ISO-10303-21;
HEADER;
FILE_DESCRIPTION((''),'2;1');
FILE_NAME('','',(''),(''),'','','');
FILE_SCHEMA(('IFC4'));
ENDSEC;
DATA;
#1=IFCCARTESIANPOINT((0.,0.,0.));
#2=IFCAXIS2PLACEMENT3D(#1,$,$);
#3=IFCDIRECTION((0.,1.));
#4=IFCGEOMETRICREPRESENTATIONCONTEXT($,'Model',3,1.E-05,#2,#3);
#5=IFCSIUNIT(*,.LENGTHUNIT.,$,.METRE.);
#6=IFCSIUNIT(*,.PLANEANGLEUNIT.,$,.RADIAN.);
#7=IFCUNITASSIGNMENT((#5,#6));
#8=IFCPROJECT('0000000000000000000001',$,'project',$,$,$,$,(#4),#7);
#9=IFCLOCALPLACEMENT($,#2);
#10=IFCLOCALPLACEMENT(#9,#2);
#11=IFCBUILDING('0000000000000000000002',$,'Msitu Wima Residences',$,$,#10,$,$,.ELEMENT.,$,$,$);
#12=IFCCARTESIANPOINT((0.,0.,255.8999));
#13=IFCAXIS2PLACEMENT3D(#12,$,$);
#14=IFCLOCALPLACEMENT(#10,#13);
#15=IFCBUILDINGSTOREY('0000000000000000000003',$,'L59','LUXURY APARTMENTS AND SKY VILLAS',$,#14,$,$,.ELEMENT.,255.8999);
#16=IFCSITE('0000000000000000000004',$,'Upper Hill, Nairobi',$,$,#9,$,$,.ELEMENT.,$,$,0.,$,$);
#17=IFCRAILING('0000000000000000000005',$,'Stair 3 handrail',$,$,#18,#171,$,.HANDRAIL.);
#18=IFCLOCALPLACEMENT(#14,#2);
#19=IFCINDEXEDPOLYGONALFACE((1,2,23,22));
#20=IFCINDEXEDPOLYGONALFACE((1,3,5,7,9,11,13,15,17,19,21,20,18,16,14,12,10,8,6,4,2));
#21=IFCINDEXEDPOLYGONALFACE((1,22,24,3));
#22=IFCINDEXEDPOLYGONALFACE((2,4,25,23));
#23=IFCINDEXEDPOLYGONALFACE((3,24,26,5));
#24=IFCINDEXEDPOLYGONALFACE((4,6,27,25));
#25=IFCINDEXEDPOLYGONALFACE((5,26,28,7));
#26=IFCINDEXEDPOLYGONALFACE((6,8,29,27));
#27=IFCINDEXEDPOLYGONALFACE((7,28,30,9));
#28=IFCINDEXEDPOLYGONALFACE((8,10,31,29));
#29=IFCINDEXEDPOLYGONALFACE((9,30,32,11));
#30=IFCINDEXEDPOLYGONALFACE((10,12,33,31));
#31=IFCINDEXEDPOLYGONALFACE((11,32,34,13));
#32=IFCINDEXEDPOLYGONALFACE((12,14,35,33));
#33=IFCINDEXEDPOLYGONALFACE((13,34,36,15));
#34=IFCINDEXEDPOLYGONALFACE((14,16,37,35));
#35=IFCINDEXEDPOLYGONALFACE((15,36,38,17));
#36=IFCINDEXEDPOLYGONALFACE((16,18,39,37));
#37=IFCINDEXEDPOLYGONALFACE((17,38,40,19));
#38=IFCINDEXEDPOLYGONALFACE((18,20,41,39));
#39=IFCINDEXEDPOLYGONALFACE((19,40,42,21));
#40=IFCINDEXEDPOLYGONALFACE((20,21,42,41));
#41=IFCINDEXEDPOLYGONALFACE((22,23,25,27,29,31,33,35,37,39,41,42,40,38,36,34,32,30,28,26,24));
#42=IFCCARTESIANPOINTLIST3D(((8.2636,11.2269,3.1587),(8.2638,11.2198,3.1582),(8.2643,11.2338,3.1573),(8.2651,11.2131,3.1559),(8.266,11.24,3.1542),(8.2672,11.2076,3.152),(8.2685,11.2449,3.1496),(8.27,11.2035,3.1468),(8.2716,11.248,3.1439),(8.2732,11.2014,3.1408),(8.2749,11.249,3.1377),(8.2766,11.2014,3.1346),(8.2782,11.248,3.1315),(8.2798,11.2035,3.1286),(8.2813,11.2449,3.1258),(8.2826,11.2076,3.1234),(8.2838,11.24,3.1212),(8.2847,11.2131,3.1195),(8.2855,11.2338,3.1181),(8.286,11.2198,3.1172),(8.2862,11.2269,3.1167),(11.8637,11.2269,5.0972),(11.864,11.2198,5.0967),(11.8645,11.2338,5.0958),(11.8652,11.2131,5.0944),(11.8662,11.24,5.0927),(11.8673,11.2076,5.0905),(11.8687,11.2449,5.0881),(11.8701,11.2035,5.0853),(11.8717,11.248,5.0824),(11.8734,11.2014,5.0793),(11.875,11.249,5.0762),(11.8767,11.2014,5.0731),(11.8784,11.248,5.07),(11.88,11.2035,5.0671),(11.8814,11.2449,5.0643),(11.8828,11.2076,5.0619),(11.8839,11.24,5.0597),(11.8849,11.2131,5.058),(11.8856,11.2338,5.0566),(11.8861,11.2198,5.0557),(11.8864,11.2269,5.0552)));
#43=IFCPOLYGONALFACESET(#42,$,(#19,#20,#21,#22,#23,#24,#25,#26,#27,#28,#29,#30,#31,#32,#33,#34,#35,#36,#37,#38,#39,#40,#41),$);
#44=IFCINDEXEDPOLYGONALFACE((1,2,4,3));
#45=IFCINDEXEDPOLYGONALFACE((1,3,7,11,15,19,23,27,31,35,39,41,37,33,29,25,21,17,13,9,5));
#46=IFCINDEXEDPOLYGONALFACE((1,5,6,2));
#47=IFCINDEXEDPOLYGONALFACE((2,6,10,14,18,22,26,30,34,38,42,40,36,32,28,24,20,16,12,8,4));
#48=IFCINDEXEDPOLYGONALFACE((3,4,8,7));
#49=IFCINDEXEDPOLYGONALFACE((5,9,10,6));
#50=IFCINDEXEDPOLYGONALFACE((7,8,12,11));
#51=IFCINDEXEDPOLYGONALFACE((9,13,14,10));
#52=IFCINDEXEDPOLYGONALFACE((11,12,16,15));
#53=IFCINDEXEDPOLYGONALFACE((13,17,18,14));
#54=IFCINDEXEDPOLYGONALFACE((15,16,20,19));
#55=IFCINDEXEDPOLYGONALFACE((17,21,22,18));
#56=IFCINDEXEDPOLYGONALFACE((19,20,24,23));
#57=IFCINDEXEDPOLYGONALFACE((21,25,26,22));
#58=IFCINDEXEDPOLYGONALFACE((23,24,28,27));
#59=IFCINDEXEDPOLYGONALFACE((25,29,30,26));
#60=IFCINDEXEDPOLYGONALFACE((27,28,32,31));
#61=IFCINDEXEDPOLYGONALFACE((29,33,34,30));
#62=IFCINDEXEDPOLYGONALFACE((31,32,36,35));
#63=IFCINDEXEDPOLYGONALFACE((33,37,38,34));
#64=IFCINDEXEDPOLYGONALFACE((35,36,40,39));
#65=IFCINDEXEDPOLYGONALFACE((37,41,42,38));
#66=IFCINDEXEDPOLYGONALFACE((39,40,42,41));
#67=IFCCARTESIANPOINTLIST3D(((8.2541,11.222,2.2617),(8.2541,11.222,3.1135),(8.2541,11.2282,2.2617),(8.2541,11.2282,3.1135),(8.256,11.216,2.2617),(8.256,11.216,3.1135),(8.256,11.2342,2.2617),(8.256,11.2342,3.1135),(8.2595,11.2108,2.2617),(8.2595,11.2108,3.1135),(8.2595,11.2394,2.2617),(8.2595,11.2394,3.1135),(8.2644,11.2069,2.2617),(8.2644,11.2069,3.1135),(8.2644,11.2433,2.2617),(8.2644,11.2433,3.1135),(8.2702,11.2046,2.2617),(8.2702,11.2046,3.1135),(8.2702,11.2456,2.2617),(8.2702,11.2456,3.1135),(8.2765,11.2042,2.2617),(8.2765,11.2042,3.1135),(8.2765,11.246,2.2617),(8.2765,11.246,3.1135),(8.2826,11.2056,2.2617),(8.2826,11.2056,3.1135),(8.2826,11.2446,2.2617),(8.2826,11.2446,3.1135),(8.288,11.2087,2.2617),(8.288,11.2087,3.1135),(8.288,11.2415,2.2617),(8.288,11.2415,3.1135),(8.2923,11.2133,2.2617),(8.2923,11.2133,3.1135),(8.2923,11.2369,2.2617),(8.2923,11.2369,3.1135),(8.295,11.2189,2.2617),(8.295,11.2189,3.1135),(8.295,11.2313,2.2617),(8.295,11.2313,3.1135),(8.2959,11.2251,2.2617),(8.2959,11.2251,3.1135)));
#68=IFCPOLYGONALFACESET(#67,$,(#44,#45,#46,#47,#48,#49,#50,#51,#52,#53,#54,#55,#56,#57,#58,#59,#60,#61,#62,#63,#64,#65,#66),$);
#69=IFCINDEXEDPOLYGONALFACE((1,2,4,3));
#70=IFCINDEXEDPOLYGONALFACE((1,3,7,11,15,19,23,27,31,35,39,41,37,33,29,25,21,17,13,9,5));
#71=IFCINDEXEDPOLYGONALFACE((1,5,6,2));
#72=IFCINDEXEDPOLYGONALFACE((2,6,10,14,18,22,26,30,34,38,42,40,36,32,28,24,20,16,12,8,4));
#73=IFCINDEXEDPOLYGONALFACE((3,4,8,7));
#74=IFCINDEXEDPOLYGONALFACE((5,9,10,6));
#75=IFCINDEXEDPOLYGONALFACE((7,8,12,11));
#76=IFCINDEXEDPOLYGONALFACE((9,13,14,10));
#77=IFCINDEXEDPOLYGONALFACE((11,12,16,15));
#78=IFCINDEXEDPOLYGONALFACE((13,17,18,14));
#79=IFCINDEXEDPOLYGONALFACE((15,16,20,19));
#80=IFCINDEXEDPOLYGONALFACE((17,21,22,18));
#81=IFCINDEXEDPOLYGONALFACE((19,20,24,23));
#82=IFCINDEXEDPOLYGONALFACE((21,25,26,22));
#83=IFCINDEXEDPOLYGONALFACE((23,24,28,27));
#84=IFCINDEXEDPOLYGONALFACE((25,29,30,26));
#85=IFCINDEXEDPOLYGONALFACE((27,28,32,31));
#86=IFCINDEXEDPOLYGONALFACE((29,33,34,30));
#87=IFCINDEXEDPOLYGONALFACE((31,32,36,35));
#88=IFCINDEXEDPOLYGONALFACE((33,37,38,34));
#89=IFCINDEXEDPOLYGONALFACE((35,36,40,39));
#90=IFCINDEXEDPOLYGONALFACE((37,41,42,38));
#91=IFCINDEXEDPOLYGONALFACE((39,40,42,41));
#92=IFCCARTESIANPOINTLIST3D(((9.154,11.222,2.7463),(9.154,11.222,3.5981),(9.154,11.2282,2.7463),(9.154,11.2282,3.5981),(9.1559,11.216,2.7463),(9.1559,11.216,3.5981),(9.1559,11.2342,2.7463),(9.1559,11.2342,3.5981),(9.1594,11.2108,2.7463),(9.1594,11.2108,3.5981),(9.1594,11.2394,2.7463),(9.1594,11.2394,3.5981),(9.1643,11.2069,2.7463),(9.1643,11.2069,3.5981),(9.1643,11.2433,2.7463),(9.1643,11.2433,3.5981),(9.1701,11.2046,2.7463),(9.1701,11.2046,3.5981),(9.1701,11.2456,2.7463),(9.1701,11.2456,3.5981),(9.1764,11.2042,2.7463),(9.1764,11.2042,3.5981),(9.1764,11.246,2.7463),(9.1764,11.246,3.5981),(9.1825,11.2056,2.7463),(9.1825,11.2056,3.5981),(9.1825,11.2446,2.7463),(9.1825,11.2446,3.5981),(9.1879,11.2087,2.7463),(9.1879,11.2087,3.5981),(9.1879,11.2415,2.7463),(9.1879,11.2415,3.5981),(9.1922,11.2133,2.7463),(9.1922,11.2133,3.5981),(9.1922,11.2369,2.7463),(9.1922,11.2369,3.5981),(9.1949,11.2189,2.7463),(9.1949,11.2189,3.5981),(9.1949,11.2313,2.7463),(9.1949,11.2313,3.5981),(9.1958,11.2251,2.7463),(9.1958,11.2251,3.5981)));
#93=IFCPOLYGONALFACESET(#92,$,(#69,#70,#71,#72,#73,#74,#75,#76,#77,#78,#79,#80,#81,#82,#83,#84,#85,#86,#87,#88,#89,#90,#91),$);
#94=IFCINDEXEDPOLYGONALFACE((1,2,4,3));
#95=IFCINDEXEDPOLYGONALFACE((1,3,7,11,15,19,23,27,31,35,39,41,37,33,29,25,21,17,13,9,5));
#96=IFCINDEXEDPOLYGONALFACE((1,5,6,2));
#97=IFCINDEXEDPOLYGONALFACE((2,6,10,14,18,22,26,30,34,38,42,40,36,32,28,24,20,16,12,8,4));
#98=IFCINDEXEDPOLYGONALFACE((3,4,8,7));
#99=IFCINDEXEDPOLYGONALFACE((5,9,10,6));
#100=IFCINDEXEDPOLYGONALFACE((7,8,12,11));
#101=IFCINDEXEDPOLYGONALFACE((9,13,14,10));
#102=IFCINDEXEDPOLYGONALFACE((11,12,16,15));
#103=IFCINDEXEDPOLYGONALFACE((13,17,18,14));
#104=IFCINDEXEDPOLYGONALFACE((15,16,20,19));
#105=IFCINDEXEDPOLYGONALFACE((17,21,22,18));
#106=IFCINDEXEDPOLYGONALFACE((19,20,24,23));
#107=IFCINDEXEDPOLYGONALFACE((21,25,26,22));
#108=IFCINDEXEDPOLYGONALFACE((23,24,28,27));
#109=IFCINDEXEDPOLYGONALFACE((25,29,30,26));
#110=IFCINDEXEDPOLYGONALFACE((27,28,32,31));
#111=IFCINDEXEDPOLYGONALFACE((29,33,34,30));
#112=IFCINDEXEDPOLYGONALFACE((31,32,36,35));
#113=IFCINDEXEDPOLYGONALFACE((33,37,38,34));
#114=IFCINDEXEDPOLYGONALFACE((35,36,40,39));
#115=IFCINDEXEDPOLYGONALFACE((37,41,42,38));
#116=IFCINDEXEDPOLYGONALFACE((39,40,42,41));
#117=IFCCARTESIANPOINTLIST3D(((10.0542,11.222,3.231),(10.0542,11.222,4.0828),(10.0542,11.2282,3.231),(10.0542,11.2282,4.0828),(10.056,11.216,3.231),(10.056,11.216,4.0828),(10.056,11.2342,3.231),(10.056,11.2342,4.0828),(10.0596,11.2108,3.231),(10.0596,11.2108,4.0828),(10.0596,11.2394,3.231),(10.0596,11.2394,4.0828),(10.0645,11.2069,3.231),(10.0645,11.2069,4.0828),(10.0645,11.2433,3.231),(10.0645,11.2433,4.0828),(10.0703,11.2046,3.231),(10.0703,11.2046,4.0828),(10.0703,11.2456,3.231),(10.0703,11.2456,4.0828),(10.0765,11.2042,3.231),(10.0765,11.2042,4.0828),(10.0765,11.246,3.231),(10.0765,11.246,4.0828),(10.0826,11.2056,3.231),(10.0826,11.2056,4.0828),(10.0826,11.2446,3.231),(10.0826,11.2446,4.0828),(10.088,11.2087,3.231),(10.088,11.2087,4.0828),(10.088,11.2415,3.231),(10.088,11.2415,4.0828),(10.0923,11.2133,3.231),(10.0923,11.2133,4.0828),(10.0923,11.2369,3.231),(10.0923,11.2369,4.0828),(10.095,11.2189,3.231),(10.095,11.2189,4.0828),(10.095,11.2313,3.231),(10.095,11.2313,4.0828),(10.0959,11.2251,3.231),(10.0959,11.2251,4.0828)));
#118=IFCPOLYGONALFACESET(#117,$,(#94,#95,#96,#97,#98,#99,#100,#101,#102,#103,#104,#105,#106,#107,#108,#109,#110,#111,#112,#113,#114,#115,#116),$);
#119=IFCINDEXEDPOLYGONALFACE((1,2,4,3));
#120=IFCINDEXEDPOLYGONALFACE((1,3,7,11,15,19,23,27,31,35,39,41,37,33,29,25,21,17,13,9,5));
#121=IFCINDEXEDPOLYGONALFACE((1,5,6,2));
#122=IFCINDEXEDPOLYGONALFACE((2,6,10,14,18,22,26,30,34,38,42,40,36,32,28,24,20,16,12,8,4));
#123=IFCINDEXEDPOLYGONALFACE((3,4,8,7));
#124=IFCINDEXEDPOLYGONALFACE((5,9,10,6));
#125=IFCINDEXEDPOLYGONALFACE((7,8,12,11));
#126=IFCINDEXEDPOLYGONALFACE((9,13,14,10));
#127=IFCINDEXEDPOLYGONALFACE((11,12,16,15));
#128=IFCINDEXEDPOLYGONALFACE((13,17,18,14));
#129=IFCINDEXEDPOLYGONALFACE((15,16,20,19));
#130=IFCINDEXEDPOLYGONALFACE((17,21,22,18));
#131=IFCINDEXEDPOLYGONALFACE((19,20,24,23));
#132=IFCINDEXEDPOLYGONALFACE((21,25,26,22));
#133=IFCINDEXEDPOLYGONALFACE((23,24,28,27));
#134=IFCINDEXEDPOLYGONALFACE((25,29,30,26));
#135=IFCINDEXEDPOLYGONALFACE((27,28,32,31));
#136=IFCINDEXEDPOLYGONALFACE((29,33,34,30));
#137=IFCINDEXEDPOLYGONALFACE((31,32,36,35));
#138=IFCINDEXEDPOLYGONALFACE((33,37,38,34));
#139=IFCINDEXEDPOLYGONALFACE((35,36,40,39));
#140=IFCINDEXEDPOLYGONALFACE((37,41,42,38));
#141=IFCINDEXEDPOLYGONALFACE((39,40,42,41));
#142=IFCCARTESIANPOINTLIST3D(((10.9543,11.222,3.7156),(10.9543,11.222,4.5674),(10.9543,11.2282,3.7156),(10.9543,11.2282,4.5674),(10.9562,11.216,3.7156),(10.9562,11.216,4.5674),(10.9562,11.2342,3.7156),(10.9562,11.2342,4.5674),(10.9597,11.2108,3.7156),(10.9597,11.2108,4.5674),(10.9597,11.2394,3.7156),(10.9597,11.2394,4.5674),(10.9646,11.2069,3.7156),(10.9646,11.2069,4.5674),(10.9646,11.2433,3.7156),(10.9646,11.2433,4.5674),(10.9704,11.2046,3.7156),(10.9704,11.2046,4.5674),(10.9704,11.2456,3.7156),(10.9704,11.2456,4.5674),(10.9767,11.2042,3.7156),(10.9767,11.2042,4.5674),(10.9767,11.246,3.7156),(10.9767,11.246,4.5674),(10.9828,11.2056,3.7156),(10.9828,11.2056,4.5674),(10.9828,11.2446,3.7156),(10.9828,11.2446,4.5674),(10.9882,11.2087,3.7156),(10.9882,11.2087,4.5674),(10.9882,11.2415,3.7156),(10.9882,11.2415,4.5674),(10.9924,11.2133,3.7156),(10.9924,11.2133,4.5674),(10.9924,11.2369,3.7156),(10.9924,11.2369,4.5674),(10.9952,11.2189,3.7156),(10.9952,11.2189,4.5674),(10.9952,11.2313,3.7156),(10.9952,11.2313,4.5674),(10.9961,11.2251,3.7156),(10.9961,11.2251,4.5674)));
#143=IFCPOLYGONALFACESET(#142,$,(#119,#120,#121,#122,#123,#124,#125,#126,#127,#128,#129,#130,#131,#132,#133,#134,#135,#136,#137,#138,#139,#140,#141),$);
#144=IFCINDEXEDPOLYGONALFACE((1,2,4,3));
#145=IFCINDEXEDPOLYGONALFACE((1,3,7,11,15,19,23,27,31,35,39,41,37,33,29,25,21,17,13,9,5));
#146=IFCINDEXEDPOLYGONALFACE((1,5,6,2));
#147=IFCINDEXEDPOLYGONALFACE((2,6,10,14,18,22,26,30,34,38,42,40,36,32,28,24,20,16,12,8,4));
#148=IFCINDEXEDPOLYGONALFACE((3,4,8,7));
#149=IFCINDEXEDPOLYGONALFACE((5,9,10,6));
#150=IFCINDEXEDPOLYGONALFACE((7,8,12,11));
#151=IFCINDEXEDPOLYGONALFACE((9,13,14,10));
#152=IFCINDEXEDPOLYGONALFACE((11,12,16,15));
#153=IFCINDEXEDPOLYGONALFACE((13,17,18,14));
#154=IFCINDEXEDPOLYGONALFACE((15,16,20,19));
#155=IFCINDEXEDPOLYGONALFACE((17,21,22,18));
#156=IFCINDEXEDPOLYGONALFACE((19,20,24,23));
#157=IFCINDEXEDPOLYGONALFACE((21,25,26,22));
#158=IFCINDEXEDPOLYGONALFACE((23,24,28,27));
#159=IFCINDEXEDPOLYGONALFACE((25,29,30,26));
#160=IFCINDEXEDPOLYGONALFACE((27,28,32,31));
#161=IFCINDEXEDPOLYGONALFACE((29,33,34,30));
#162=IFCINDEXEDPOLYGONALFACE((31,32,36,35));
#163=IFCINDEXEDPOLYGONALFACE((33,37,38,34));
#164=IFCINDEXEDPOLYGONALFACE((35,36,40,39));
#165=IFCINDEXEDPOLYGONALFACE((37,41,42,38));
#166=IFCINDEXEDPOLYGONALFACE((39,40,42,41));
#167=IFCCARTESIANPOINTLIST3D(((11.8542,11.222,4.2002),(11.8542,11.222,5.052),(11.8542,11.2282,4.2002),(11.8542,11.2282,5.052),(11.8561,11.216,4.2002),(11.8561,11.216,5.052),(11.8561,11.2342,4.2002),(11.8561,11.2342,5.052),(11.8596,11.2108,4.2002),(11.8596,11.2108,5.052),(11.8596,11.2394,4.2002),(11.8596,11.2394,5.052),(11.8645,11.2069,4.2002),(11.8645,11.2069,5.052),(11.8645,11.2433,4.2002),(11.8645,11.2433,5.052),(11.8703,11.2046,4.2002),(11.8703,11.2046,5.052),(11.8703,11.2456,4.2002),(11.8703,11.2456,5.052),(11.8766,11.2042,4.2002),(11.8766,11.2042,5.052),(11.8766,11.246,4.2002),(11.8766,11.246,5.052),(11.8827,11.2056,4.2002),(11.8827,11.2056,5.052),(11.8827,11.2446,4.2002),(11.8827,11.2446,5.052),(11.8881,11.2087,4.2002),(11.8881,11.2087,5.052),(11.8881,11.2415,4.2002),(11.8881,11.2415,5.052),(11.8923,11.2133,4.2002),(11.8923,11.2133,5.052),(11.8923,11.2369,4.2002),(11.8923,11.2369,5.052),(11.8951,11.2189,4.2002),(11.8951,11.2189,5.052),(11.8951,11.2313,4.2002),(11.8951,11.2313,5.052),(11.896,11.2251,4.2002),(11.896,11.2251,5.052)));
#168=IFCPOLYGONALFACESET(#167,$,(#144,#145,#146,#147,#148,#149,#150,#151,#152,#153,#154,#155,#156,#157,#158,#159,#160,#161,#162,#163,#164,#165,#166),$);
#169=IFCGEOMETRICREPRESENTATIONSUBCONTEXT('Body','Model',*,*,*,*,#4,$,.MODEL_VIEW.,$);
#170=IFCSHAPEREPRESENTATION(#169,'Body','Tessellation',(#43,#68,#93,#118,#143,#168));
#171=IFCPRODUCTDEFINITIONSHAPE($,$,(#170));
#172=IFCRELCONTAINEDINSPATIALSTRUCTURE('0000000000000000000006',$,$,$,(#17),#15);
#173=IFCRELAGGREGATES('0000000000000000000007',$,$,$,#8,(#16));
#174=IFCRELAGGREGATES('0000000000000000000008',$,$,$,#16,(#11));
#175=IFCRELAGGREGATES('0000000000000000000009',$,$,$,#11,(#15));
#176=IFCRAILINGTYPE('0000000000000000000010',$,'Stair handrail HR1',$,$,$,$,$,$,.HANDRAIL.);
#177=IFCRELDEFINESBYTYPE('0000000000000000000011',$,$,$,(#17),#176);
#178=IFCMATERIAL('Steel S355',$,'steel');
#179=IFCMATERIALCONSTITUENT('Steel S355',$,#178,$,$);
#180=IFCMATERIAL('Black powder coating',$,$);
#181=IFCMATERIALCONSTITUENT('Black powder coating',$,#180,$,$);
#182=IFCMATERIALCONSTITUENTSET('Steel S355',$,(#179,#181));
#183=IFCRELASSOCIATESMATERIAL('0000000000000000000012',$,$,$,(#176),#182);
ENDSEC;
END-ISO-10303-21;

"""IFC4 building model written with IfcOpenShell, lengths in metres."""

from ifc_helpers import new_model, si_unit, direction, frame, origin, origin_2d, place, context, subcontext, project, spatial, circle, extrude, material, constituent, constituent_set, type_object, element, save


model = new_model("IFC4")

# Units and contexts
model_context = context("Model", 3, precision=1e-05, world=origin(), true_north=direction((0.0, 1.0)))
body_context = subcontext(model_context, "Body", "Model", "MODEL_VIEW")
ifc_project = project(units=[si_unit("LENGTHUNIT", "METRE"), si_unit("PLANEANGLEUNIT", "RADIAN")], contexts=[model_context])

# Site, building, storey
site_placement = place(None, origin())
site = spatial("IfcSite", under=ifc_project, at=site_placement, Name="Upper Hill, Nairobi", CompositionType="ELEMENT", RefElevation=0.0)
building_placement = place(site_placement, origin())
building = spatial("IfcBuilding", under=site, at=building_placement, Name="Msitu Wima Residences", CompositionType="ELEMENT")
storey_placement = place(building_placement, frame((0.0, 0.0, 255.8999)))
storey = spatial("IfcBuildingStorey", under=building, at=storey_placement, Name="L59", Description="LUXURY APARTMENTS AND SKY VILLAS", CompositionType="ELEMENT", Elevation=255.8999)

# Railing
ifc_material_1 = material(Name="Steel S355", Category="steel")
ifc_constituent_1 = constituent(ifc_material_1, Name="Steel S355")
ifc_material_2 = material(Name="Black powder coating")
ifc_constituent_2 = constituent(ifc_material_2, Name="Black powder coating")
ifc_constituent_set = constituent_set(constituents=[ifc_constituent_1, ifc_constituent_2], Name="Steel S355")
railing_type = type_object("IfcRailingType", Name="Stair handrail HR1", PredefinedType="HANDRAIL", material=ifc_constituent_set)
for number, where, name in (
    (1, (8.2749, 11.2251, 2.2617), "Stair 3 handrail"),
):
    element("IfcRailing", number, at=place(storey_placement, frame(where)), inside=storey, type_object=railing_type, Name=name, PredefinedType="HANDRAIL", context=body_context, shape_type="SweptSolid", body=[
        extrude(circle(Radius=0.0239, at=origin_2d()), frame((0.0, 0.0, 0.876), z_axis=(0.880475, 0.0, 0.474093), x_axis=(0.0, 1.0, 0.0)), (0.0, 0.0, 1.0), 4.0889),
        extrude(circle(Radius=0.021, at=origin_2d()), origin(), (0.0, 0.0, 1.0), 0.8518),
        extrude(circle(Radius=0.021, at=origin_2d()), frame((0.8999, 0.0, 0.4846)), (0.0, 0.0, 1.0), 0.8518),
        extrude(circle(Radius=0.021, at=origin_2d()), frame((1.8, 0.0, 0.9692)), (0.0, 0.0, 1.0), 0.8518),
        extrude(circle(Radius=0.021, at=origin_2d()), frame((2.7002, 0.0, 1.4539)), (0.0, 0.0, 1.0), 0.8518),
        extrude(circle(Radius=0.021, at=origin_2d()), frame((3.6001, 0.0, 1.9385)), (0.0, 0.0, 1.0), 0.8518),
    ])

save(model, "model.ifc")
